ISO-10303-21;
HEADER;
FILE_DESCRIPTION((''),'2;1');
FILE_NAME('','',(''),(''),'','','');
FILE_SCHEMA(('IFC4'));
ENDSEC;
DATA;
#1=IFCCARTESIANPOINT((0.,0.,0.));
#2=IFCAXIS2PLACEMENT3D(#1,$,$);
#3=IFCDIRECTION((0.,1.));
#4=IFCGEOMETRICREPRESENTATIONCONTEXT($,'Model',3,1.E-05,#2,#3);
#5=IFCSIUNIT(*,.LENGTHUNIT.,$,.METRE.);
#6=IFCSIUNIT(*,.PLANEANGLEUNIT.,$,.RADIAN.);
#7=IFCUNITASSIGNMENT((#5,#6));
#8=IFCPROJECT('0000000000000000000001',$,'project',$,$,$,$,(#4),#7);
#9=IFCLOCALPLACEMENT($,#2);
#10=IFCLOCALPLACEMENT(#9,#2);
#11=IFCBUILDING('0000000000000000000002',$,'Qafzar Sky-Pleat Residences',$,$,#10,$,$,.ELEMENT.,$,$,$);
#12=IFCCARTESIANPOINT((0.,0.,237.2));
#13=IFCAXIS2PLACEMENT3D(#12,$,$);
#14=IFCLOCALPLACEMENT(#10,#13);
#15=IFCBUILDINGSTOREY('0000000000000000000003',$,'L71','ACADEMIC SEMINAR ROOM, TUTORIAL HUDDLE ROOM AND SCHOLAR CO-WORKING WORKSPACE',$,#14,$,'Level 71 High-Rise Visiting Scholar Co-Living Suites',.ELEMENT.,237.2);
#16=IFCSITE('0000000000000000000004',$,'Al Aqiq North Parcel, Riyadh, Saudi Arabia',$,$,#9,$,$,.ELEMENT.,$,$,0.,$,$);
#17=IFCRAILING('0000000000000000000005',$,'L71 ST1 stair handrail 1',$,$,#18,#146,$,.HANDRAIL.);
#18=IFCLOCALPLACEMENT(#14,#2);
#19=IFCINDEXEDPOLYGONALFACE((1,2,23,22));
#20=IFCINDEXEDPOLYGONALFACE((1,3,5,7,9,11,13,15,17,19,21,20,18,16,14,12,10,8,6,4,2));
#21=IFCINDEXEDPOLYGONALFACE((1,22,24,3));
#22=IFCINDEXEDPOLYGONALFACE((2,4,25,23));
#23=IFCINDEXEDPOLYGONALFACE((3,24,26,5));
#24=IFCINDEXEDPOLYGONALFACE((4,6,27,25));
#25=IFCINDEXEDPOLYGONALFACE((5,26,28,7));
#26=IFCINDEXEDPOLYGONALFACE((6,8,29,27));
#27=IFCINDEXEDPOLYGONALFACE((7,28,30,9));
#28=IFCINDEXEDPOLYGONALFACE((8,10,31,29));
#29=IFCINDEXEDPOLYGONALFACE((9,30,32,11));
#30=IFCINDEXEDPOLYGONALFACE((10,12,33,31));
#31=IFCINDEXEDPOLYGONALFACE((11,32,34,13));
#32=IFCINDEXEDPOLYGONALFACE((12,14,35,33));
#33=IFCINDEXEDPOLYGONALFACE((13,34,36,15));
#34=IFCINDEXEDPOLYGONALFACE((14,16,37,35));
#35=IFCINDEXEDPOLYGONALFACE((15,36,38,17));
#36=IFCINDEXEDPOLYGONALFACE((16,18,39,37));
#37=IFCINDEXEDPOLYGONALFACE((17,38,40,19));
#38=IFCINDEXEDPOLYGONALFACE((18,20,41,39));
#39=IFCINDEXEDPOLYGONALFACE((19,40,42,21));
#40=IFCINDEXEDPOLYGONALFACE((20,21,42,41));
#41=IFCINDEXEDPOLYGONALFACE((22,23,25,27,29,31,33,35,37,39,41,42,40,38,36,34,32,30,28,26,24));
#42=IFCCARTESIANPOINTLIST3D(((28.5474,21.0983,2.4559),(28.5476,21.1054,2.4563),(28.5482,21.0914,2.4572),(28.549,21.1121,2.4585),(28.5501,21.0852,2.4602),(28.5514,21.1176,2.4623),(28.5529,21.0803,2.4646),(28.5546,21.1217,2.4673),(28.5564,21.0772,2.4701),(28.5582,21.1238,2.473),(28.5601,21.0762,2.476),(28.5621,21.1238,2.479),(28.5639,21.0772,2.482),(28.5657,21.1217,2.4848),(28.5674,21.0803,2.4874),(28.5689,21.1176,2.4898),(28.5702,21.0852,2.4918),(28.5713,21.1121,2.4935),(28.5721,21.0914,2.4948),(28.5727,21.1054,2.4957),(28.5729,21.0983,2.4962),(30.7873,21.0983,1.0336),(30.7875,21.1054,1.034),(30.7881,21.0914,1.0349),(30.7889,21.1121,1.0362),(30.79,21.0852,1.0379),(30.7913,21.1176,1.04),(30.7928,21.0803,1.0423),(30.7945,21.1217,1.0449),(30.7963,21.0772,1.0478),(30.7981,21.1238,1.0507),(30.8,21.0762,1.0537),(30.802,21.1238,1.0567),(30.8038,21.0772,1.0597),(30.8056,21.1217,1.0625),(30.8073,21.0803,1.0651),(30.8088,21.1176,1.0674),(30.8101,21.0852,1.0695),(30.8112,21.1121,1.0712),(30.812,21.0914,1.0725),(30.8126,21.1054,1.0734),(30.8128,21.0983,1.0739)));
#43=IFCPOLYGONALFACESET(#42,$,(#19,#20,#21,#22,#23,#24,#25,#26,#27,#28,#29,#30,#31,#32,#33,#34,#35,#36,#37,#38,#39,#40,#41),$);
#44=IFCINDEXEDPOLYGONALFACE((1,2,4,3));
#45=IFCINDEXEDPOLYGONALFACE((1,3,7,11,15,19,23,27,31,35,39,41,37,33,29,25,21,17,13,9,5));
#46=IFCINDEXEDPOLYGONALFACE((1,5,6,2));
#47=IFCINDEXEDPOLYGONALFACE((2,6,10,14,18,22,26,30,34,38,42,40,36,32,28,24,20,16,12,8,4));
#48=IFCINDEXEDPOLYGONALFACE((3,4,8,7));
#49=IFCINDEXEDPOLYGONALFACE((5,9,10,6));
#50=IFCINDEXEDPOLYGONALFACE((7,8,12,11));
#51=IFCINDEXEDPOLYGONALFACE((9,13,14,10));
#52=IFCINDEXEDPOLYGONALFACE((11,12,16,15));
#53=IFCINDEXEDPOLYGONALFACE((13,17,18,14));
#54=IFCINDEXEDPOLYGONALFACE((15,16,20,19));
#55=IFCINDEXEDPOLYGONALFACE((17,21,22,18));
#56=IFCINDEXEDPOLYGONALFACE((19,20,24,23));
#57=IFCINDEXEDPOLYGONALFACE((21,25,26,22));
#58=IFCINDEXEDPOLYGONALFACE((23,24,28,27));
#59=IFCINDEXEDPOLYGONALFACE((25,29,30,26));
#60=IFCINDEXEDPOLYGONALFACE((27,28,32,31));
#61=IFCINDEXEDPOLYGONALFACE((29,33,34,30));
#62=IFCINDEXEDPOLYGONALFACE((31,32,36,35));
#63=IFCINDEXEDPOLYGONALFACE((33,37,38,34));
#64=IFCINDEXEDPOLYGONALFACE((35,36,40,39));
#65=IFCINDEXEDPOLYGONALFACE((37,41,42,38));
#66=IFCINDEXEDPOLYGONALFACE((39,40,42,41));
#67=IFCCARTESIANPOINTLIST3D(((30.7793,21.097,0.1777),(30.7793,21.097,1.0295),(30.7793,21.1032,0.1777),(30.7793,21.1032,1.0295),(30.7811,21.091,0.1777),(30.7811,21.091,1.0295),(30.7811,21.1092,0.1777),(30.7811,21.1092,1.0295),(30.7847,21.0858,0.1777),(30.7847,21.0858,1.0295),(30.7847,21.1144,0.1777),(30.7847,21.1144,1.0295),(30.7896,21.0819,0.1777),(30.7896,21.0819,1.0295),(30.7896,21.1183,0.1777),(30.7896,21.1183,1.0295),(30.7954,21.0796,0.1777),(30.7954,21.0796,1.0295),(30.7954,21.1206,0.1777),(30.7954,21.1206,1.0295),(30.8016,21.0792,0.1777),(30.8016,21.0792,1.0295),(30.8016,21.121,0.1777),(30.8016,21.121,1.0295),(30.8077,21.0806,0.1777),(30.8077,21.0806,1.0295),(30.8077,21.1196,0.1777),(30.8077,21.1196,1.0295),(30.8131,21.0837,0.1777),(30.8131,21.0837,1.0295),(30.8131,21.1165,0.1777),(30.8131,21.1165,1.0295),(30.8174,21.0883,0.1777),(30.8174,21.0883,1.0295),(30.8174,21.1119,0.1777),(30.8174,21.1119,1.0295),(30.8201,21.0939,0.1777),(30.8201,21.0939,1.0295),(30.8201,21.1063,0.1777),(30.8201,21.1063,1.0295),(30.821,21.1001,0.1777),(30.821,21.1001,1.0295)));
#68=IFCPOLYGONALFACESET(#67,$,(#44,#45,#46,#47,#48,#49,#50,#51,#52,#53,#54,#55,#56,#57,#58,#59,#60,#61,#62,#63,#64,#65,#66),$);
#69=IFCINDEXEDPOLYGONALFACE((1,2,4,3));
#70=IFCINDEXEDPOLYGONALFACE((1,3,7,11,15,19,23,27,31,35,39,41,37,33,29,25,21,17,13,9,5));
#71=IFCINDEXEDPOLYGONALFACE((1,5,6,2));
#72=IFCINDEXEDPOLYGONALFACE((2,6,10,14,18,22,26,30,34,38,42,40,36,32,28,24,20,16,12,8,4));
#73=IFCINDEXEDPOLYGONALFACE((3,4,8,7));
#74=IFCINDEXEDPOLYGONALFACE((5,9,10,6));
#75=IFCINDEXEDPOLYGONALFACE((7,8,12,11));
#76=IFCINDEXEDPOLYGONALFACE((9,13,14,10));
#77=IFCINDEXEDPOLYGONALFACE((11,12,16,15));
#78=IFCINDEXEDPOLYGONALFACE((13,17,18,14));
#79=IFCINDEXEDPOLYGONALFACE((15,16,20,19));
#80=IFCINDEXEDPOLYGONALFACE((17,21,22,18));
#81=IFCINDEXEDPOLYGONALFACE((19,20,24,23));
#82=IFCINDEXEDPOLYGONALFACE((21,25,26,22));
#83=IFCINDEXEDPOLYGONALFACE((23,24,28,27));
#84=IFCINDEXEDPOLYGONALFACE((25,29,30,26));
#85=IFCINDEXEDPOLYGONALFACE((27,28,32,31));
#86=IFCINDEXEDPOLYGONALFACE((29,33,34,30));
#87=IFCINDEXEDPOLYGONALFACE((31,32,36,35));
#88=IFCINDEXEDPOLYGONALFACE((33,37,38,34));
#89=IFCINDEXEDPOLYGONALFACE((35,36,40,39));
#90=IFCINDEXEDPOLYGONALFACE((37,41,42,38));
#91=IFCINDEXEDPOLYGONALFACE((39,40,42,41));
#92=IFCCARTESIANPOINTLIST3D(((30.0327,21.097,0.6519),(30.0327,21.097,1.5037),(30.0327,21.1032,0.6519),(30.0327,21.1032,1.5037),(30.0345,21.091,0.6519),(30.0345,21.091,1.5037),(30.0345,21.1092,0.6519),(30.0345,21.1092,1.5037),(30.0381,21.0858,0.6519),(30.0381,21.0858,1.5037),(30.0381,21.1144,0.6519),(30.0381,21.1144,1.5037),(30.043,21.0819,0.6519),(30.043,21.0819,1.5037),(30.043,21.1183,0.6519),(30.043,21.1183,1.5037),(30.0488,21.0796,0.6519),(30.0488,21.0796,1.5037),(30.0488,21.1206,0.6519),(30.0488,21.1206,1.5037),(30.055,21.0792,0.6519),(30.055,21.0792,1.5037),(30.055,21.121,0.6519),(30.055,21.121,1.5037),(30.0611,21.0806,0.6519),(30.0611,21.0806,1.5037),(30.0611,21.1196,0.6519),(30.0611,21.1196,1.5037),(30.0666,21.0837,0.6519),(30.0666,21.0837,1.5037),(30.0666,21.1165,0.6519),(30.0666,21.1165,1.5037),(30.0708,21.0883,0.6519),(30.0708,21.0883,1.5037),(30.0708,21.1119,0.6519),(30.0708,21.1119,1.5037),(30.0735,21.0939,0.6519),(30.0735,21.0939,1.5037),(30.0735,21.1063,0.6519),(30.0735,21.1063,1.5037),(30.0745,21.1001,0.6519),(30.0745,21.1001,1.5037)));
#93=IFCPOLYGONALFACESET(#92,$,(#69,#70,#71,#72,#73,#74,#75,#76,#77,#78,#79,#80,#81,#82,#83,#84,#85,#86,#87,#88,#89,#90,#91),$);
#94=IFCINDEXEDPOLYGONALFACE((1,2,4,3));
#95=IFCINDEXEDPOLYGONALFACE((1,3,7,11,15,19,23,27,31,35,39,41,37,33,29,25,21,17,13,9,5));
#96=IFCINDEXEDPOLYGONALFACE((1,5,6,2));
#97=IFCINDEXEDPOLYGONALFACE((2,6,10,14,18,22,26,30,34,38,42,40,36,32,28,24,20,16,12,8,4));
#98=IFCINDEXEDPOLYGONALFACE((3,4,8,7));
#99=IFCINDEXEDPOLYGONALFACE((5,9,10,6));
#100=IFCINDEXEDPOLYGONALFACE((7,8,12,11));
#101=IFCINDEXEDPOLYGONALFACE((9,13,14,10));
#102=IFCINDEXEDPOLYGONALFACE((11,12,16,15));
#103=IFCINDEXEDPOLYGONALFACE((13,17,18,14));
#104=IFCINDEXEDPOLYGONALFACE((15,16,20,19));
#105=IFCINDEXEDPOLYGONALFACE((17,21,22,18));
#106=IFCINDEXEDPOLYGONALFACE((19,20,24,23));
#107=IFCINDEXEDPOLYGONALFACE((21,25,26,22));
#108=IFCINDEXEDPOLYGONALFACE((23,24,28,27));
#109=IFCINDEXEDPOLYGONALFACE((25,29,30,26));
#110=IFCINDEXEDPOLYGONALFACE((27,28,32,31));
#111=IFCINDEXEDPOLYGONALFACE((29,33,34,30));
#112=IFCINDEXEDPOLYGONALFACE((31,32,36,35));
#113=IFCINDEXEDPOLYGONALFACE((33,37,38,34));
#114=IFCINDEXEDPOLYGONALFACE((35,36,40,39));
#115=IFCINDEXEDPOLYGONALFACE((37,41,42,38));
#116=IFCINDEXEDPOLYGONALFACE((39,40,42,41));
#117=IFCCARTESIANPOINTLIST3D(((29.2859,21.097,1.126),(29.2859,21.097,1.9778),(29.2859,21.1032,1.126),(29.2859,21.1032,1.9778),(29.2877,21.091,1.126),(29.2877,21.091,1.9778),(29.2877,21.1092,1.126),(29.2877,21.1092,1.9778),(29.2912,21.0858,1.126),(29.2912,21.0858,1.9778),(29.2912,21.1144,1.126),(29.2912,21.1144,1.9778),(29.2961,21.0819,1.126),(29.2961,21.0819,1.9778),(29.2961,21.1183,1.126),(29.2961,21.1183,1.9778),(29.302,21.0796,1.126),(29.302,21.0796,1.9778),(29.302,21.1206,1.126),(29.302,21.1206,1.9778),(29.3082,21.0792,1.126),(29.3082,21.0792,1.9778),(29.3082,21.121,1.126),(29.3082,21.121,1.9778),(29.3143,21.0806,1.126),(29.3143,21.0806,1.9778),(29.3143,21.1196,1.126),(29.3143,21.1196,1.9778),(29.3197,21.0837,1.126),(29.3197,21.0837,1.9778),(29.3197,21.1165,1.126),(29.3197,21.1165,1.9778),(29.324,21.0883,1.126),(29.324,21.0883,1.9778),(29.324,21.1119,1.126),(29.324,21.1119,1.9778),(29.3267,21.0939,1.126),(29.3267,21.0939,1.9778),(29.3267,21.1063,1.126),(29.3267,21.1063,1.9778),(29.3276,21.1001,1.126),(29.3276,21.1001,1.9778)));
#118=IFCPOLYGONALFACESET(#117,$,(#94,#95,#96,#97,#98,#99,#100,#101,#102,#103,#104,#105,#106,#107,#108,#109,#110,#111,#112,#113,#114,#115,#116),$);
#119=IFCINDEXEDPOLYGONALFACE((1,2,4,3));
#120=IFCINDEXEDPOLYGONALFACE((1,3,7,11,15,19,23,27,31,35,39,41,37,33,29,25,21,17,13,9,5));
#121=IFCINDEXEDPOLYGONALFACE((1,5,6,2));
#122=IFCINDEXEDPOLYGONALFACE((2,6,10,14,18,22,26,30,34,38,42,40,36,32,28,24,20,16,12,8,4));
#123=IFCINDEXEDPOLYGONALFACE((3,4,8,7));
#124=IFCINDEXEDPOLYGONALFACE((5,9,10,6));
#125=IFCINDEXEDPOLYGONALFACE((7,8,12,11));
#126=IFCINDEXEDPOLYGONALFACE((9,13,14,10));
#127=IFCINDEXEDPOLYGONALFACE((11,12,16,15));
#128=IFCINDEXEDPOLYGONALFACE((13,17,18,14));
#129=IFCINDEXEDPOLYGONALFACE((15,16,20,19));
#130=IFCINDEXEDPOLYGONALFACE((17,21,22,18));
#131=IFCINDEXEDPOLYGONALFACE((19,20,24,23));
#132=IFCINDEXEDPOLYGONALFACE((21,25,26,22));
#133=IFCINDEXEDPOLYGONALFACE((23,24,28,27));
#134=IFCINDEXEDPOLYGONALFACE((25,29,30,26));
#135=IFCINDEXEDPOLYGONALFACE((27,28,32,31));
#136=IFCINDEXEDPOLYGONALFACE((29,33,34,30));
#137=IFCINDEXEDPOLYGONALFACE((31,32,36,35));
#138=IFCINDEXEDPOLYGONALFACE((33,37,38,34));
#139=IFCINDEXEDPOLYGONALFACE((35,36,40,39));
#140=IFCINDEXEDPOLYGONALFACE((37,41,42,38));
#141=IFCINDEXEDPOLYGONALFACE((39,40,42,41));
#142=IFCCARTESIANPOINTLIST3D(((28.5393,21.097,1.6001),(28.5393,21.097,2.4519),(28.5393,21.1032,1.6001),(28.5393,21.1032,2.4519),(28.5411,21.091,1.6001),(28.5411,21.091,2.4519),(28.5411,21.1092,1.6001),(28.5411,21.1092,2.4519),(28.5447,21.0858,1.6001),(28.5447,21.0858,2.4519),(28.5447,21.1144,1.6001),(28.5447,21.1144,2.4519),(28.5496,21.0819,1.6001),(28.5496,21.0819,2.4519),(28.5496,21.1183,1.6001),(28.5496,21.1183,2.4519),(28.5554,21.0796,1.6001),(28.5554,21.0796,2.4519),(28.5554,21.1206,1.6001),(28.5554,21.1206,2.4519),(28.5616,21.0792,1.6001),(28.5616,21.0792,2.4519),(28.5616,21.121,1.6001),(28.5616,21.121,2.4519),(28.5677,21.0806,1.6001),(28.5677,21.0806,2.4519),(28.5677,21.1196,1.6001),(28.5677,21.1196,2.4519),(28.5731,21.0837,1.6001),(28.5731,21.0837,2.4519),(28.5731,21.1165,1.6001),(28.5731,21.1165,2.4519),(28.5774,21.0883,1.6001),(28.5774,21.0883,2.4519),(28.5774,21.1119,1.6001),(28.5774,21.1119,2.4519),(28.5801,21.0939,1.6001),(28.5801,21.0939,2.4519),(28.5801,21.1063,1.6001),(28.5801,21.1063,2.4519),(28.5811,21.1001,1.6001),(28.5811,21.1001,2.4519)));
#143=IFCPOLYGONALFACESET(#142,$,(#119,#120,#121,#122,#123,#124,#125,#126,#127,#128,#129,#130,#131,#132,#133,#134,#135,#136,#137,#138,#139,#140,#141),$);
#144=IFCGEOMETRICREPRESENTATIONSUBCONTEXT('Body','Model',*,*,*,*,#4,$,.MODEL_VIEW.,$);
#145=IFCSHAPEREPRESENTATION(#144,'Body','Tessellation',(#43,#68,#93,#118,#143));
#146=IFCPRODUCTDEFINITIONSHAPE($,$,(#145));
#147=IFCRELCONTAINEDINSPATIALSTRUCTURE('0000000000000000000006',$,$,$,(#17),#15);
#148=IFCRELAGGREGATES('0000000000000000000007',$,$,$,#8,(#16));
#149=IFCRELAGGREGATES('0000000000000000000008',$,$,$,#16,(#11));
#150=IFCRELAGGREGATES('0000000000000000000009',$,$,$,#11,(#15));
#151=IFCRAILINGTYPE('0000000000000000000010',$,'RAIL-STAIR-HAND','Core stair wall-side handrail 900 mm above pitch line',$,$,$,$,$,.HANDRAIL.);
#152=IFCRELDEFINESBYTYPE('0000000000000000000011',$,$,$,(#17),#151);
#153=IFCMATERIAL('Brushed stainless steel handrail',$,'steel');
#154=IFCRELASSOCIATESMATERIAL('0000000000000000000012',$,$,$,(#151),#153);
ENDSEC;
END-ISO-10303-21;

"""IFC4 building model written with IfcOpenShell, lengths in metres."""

from ifc_helpers import new_model, si_unit, direction, frame, origin, origin_2d, place, context, subcontext, project, spatial, circle, extrude, source, transform, mapped, material, type_object, element, save


model = new_model("IFC4")

# Units and contexts
model_context = context("Model", 3, precision=1e-05, world=origin(), true_north=direction((0.0, 1.0)))
body_context = subcontext(model_context, "Body", "Model", "MODEL_VIEW")
ifc_project = project(units=[si_unit("LENGTHUNIT", "METRE"), si_unit("PLANEANGLEUNIT", "RADIAN")], contexts=[model_context])

# Site, building, storey
site_placement = place(None, origin())
site = spatial("IfcSite", under=ifc_project, at=site_placement, Name="Al Aqiq North Parcel, Riyadh, Saudi Arabia", CompositionType="ELEMENT", RefElevation=0.0)
building_placement = place(site_placement, origin())
building = spatial("IfcBuilding", under=site, at=building_placement, Name="Qafzar Sky-Pleat Residences", CompositionType="ELEMENT")
storey_placement = place(building_placement, frame((0.0, 0.0, 237.2)))
storey = spatial("IfcBuildingStorey", under=building, at=storey_placement, Name="L71", Description="ACADEMIC SEMINAR ROOM, TUTORIAL HUDDLE ROOM AND SCHOLAR CO-WORKING WORKSPACE", LongName="Level 71 High-Rise Visiting Scholar Co-Living Suites", CompositionType="ELEMENT", Elevation=237.2)

# Railing
ifc_material_1 = material(Name="Brushed stainless steel handrail", Category="steel")
railing_type_1 = type_object("IfcRailingType", Name="RAIL-STAIR-HAND", Description="Core stair wall-side handrail 900 mm above pitch line", PredefinedType="HANDRAIL", material=ifc_material_1)
shared_shape_1 = source(origin(), body_context, "Body", "SweptSolid", [
    extrude(circle(Radius=0.0239, at=origin_2d()), frame((0.0, 0.0, 0.876), z_axis=(-0.844188, 0.0, 0.536048), x_axis=(0.0, -1.0, 0.0)), (0.0, 0.0, 1.0), 2.6533),
    extrude(circle(Radius=0.021, at=origin_2d()), origin(), (0.0, 0.0, 1.0), 0.8518),
    extrude(circle(Radius=0.021, at=origin_2d()), frame((-0.7466, 0.0, 0.4741)), (0.0, 0.0, 1.0), 0.8518),
    extrude(circle(Radius=0.021, at=origin_2d()), frame((-1.4934, 0.0, 0.9482)), (0.0, 0.0, 1.0), 0.8518),
    extrude(circle(Radius=0.021, at=origin_2d()), frame((-2.24, 0.0, 1.4224)), (0.0, 0.0, 1.0), 0.8518),
])
railing_1_placement = place(storey_placement, frame((30.8, 21.1001, 0.1777)))
element("IfcRailing", 1, at=railing_1_placement, inside=storey, type_object=railing_type_1, Name="L71 ST1 stair handrail 1", PredefinedType="HANDRAIL", context=body_context, shape_type="MappedRepresentation", body=[
    mapped(shared_shape_1, transform((0.0, 0.0, 0.0), x_axis=(1.0, 0.0, 0.0), y_axis=(0.0, 1.0, 0.0), z_axis=(0.0, 0.0, 1.0), scale=1.0)),
])

save(model, "model.ifc")
